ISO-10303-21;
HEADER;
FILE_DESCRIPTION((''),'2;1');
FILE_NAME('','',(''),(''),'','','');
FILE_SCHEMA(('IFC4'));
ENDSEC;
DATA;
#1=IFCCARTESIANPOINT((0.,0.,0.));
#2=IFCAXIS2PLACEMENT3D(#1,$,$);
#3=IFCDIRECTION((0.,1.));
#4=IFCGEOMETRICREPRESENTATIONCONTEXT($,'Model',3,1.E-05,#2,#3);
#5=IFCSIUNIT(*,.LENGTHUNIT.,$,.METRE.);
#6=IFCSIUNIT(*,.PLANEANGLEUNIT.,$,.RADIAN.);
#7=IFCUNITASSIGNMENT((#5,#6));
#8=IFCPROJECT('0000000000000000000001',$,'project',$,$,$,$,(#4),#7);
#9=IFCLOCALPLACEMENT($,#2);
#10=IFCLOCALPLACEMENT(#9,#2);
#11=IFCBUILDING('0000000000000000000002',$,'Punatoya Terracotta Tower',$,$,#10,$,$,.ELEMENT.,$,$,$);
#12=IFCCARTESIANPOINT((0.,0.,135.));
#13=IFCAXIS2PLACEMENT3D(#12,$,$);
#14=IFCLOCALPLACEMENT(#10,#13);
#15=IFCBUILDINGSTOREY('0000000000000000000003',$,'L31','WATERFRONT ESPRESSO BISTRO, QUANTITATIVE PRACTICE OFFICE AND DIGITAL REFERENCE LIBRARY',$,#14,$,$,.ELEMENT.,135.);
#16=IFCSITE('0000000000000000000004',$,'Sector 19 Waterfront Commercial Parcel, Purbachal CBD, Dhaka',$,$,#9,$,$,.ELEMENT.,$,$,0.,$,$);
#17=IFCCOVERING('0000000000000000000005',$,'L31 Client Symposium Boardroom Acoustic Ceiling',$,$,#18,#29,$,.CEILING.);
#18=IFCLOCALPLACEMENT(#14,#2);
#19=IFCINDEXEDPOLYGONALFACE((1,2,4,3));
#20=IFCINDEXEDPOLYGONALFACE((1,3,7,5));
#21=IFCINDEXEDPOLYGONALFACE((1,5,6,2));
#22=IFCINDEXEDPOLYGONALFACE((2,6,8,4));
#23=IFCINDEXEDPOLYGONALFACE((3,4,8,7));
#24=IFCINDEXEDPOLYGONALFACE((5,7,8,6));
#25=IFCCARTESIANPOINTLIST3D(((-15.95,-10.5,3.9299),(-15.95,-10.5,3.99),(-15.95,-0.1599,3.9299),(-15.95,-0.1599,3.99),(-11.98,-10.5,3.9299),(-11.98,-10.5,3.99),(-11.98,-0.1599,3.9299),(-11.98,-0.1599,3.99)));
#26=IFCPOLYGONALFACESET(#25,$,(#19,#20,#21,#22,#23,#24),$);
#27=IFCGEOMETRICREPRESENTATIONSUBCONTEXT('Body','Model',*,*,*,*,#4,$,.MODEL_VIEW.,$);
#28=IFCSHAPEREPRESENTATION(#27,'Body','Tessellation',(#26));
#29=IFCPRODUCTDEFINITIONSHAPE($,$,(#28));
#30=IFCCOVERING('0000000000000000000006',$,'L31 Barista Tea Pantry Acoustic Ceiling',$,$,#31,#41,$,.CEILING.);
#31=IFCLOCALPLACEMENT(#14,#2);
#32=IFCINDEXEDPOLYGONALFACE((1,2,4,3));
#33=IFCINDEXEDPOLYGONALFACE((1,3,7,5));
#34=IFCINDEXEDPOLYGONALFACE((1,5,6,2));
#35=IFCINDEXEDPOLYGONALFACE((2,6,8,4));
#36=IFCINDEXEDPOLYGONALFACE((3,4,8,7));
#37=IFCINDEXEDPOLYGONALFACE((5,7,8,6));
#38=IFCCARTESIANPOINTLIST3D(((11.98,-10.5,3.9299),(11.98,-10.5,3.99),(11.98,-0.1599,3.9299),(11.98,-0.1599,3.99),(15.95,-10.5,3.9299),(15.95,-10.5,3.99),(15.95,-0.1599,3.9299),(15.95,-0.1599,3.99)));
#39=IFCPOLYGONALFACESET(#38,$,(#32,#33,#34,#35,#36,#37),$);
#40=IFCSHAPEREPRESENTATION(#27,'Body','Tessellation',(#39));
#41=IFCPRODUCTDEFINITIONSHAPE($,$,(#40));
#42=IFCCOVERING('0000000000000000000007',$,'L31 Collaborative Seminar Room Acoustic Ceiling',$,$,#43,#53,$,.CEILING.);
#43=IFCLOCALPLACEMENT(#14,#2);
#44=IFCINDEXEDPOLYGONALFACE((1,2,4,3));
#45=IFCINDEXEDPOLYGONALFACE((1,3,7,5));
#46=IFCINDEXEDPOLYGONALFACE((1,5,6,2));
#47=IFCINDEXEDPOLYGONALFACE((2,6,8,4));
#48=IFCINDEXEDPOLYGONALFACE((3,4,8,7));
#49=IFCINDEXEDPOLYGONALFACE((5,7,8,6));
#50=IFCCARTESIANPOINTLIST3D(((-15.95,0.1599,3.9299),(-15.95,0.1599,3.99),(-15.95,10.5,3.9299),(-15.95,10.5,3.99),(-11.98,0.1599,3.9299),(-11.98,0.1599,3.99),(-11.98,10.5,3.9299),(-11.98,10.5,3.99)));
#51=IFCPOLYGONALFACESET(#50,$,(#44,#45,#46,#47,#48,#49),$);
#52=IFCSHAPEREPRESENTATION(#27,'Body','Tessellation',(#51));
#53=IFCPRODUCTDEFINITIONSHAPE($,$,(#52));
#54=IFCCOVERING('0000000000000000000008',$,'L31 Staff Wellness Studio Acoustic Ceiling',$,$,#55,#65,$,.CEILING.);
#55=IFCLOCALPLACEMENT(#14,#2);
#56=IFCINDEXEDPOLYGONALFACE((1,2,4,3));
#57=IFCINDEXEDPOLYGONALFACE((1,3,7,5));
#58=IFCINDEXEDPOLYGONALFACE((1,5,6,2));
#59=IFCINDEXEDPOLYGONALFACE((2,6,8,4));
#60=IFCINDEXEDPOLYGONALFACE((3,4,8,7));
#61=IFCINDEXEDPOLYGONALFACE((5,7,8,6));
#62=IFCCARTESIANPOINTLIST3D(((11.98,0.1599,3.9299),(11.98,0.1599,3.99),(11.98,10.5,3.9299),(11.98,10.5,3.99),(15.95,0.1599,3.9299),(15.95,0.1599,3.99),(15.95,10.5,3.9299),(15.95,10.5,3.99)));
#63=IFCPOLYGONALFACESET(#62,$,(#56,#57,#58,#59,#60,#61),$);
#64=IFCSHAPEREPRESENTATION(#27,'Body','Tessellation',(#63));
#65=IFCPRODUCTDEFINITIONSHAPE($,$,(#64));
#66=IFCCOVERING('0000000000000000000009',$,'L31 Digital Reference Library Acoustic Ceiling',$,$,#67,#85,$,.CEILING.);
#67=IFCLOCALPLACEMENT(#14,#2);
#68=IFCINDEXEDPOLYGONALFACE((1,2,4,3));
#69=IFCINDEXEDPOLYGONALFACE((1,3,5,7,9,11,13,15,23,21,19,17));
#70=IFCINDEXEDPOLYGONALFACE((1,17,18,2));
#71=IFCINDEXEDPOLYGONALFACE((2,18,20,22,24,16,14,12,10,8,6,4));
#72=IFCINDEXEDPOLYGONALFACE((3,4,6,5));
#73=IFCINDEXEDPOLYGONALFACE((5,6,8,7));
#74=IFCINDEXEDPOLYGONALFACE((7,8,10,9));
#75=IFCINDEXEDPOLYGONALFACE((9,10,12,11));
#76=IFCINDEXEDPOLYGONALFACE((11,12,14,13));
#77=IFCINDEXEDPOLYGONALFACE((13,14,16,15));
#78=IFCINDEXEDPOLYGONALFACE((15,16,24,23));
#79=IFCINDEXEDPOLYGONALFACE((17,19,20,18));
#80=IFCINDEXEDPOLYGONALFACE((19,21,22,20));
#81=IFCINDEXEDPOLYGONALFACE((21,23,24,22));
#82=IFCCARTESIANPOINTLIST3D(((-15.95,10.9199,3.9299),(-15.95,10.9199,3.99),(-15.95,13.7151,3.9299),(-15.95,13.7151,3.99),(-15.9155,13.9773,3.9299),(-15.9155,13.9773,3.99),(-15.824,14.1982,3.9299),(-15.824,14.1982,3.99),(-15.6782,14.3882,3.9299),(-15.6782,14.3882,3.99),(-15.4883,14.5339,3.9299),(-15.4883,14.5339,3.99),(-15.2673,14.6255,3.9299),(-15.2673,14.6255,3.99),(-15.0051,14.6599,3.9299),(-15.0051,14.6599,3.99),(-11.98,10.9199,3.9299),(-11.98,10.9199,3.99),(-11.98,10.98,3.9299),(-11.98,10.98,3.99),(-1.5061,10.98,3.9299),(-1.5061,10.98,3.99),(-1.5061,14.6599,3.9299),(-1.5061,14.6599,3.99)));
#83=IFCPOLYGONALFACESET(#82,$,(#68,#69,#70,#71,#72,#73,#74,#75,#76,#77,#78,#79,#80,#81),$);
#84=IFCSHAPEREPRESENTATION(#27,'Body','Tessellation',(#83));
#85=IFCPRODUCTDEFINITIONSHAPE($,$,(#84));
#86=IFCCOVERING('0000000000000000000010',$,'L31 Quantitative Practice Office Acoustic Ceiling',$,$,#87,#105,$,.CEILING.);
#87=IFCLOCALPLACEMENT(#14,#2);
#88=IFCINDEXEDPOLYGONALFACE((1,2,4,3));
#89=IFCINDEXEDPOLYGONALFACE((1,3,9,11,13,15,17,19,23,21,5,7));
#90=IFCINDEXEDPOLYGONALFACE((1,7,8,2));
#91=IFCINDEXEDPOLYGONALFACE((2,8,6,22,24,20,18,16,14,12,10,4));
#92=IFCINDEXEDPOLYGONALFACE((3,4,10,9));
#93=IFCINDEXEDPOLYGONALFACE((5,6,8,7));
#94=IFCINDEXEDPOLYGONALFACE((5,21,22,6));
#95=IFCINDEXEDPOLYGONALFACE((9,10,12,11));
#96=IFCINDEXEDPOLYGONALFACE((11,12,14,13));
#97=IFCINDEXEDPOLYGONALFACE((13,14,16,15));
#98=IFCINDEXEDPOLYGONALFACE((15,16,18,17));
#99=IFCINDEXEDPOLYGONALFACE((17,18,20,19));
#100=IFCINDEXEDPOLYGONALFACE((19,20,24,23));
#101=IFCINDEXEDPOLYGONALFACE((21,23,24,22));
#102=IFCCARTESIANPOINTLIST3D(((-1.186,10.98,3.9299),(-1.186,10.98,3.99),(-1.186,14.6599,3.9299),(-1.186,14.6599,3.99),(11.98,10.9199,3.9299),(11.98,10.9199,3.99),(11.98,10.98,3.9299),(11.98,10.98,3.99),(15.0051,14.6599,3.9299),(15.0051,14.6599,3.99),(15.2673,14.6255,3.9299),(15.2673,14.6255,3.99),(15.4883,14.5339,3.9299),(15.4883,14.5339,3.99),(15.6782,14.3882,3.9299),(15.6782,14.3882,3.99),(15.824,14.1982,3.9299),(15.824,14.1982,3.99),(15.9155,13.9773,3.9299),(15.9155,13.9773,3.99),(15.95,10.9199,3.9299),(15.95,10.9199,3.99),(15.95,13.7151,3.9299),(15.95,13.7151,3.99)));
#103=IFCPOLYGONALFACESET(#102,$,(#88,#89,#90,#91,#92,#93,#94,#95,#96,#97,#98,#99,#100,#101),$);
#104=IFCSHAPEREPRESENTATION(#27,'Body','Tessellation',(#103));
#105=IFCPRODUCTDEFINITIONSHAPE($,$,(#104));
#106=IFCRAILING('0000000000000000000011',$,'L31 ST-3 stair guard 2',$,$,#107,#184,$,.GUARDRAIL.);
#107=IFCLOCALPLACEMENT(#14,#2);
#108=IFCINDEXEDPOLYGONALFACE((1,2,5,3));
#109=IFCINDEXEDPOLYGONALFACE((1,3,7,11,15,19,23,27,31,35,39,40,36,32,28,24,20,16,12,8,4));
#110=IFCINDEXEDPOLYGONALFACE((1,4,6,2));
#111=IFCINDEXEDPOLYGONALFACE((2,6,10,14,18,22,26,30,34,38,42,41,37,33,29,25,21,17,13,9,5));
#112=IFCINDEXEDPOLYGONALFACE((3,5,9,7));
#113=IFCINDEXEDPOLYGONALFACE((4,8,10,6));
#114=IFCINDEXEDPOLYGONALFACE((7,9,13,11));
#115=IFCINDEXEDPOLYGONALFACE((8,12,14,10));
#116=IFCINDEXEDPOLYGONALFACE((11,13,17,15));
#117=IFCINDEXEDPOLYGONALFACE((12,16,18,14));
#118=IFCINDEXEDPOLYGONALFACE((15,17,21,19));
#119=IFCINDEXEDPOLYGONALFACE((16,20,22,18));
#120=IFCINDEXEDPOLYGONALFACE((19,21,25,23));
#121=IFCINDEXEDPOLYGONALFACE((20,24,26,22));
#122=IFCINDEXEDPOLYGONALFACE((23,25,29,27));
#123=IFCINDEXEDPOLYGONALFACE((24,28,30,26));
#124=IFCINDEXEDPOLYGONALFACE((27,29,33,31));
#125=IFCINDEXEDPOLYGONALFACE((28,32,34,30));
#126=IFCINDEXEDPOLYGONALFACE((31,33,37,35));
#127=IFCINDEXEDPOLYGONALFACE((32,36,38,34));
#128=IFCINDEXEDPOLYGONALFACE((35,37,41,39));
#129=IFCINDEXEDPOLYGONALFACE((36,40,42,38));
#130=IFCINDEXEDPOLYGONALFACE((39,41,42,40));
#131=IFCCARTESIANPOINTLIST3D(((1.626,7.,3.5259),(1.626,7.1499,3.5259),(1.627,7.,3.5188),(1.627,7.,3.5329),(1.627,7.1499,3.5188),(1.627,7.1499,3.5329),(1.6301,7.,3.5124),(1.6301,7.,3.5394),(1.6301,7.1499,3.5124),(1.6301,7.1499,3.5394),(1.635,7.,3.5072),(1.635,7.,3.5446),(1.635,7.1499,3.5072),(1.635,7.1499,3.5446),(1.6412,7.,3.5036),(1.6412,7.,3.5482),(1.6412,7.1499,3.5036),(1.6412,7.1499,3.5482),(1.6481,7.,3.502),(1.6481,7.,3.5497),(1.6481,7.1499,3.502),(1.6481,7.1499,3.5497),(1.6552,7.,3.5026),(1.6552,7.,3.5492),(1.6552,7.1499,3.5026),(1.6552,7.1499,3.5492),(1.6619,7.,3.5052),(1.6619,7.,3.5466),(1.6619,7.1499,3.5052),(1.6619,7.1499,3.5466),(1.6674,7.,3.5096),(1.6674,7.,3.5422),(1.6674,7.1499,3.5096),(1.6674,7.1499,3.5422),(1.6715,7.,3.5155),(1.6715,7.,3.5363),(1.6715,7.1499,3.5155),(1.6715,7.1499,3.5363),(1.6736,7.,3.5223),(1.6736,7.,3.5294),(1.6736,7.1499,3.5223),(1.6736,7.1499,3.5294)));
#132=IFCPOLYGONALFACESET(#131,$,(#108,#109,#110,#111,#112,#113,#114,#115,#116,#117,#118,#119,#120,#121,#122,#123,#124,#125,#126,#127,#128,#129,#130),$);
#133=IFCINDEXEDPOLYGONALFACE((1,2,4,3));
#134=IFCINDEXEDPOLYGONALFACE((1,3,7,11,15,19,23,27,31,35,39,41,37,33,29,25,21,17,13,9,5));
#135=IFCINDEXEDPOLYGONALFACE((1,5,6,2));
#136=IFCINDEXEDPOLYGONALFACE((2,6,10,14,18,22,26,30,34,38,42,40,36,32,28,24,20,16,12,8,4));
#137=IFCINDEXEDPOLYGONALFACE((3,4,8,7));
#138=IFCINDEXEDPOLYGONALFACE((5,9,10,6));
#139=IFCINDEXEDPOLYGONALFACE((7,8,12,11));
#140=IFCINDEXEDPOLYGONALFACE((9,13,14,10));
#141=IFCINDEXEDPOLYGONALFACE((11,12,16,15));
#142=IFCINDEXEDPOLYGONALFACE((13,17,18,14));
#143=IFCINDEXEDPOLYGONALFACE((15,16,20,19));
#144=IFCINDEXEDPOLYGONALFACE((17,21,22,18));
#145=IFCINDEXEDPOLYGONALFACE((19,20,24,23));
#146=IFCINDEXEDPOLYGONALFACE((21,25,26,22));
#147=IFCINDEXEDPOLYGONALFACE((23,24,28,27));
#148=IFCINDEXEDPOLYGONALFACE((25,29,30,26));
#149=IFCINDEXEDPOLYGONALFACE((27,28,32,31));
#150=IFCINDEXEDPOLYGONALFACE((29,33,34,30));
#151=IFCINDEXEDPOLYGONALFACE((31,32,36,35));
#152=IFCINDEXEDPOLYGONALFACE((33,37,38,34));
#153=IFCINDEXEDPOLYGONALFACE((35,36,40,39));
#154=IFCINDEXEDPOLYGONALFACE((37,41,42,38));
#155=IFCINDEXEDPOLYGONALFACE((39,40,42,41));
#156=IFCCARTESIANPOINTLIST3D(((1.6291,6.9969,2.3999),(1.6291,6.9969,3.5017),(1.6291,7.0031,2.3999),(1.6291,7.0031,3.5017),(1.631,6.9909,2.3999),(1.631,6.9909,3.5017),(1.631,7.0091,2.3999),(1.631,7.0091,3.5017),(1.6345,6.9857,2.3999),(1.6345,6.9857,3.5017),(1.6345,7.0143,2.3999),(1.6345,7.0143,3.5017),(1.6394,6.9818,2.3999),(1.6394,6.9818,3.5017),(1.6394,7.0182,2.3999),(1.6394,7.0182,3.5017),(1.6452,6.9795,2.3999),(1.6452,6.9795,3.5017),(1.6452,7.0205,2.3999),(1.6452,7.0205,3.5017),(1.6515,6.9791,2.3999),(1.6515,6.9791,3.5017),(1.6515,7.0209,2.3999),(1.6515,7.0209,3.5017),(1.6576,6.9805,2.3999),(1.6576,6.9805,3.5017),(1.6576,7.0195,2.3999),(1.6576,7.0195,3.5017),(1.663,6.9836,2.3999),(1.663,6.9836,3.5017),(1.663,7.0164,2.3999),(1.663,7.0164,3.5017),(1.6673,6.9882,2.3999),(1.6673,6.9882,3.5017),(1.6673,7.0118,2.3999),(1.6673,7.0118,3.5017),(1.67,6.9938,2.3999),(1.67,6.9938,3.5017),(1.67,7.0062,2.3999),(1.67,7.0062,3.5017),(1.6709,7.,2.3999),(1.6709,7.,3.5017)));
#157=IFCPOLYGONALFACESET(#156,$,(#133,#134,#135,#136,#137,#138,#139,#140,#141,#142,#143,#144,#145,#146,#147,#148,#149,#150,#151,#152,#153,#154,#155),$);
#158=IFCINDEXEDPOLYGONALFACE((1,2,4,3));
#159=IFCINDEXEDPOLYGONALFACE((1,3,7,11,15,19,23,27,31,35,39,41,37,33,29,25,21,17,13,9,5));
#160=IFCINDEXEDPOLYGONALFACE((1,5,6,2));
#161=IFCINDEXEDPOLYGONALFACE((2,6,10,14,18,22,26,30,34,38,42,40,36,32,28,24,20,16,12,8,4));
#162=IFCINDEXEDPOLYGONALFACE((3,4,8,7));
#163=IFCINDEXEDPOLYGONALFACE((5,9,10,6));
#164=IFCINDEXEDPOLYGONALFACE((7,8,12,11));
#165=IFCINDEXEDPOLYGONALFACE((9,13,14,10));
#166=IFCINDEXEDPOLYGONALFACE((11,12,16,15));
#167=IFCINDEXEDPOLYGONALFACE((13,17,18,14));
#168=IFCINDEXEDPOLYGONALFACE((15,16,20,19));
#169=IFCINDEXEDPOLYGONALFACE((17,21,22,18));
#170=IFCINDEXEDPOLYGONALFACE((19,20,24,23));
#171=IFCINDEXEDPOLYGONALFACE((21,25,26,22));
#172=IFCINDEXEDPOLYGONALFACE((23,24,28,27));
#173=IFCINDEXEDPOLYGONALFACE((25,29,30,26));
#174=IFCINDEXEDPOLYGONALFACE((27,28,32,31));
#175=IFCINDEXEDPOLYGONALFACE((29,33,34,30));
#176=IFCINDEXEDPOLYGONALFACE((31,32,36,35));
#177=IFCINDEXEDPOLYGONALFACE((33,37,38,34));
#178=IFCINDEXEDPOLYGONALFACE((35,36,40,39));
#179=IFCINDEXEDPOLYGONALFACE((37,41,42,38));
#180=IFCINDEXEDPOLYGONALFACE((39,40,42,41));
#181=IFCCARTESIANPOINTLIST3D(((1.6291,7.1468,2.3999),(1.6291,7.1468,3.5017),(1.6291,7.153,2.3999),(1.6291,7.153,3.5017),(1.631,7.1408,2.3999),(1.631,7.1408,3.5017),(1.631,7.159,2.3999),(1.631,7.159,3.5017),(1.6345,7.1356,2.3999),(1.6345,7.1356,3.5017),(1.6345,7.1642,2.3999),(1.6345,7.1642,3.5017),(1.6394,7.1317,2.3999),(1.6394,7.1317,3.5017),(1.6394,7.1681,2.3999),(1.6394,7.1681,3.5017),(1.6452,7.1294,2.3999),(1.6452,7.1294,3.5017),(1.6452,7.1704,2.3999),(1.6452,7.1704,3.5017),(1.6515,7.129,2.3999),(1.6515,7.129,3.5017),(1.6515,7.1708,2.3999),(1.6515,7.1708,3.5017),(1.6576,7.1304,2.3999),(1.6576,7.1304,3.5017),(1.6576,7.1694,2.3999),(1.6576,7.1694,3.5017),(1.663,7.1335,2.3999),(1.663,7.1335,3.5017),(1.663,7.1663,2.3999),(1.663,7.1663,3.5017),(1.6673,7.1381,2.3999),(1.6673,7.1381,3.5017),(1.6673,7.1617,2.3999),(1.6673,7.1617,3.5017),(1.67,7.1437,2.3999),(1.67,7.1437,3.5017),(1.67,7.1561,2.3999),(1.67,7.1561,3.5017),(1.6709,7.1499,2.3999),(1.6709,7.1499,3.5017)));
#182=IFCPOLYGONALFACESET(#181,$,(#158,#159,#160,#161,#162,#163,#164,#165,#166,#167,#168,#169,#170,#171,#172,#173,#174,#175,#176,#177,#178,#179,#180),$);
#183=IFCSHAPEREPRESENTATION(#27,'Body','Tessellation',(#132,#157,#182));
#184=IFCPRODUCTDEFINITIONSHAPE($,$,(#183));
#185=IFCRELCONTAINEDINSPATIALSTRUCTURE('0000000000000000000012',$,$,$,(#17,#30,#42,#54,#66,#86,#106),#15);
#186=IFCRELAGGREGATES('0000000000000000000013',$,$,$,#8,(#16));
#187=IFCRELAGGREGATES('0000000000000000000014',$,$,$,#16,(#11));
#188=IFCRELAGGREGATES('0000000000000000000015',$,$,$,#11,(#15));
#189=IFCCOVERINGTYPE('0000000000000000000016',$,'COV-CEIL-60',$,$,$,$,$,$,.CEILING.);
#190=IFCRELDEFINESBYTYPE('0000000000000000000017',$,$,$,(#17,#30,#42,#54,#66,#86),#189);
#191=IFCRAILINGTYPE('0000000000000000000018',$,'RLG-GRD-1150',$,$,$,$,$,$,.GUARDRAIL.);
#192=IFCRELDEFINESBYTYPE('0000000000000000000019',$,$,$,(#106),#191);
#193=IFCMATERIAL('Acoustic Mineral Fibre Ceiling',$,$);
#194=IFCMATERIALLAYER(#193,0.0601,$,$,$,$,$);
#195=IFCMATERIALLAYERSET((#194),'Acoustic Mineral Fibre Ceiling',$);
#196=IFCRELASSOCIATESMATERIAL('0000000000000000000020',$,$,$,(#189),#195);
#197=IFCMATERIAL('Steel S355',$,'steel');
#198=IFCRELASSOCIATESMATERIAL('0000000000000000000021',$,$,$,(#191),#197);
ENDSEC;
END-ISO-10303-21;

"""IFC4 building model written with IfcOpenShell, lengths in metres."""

from ifc_helpers import new_model, si_unit, direction, frame, origin, origin_2d, place, context, subcontext, project, spatial, polyline, circle, outline, extrude, material, layer, layer_set, type_object, element, save


model = new_model("IFC4")

# Units and contexts
model_context = context("Model", 3, precision=1e-05, world=origin(), true_north=direction((0.0, 1.0)))
body_context = subcontext(model_context, "Body", "Model", "MODEL_VIEW")
ifc_project = project(units=[si_unit("LENGTHUNIT", "METRE"), si_unit("PLANEANGLEUNIT", "RADIAN")], contexts=[model_context])

# Site, building, storey
site_placement = place(None, origin())
site = spatial("IfcSite", under=ifc_project, at=site_placement, Name="Sector 19 Waterfront Commercial Parcel, Purbachal CBD, Dhaka", CompositionType="ELEMENT", RefElevation=0.0)
building_placement = place(site_placement, origin())
building = spatial("IfcBuilding", under=site, at=building_placement, Name="Punatoya Terracotta Tower", CompositionType="ELEMENT")
storey_placement = place(building_placement, frame((0.0, 0.0, 135.0)))
storey = spatial("IfcBuildingStorey", under=building, at=storey_placement, Name="L31", Description="WATERFRONT ESPRESSO BISTRO, QUANTITATIVE PRACTICE OFFICE AND DIGITAL REFERENCE LIBRARY", CompositionType="ELEMENT", Elevation=135.0)

# Shared definitions
ifc_material_1 = material(Name="Steel S355", Category="steel")

# Coverings
ifc_material_2 = material(Name="Acoustic Mineral Fibre Ceiling")
ifc_layer_1 = layer(ifc_material_2, 0.0601)
ifc_layer_set_1 = layer_set([ifc_layer_1], Name="Acoustic Mineral Fibre Ceiling")
covering_type = type_object("IfcCoveringType", Name="COV-CEIL-60", PredefinedType="CEILING", material=ifc_layer_set_1)
covering_1_placement = place(storey_placement, frame((0.0, 0.0, 3.9299)))
element("IfcCovering", 1, at=covering_1_placement, inside=storey, type_object=covering_type, Name="L31 Client Symposium Boardroom Acoustic Ceiling", PredefinedType="CEILING", context=body_context, shape_type="SweptSolid", body=[
    extrude(outline(polyline([(-15.95, -0.1599), (-15.95, -10.5), (-11.98, -10.5), (-11.98, -0.1599), (-15.95, -0.1599)])), origin(), (0.0, 0.0, 1.0), 0.0601),
])
covering_2_placement = place(storey_placement, frame((0.0, 0.0, 3.9299)))
element("IfcCovering", 2, at=covering_2_placement, inside=storey, type_object=covering_type, Name="L31 Barista Tea Pantry Acoustic Ceiling", PredefinedType="CEILING", context=body_context, shape_type="SweptSolid", body=[
    extrude(outline(polyline([(15.95, -10.5), (15.95, -0.1599), (11.98, -0.1599), (11.98, -10.5), (15.95, -10.5)])), origin(), (0.0, 0.0, 1.0), 0.0601),
])
covering_3_placement = place(storey_placement, frame((0.0, 0.0, 3.9299)))
element("IfcCovering", 3, at=covering_3_placement, inside=storey, type_object=covering_type, Name="L31 Collaborative Seminar Room Acoustic Ceiling", PredefinedType="CEILING", context=body_context, shape_type="SweptSolid", body=[
    extrude(outline(polyline([(-15.95, 10.5), (-15.95, 0.1599), (-11.98, 0.1599), (-11.98, 10.5), (-15.95, 10.5)])), origin(), (0.0, 0.0, 1.0), 0.0601),
])
covering_4_placement = place(storey_placement, frame((0.0, 0.0, 3.9299)))
element("IfcCovering", 4, at=covering_4_placement, inside=storey, type_object=covering_type, Name="L31 Staff Wellness Studio Acoustic Ceiling", PredefinedType="CEILING", context=body_context, shape_type="SweptSolid", body=[
    extrude(outline(polyline([(15.95, 0.1599), (15.95, 10.5), (11.98, 10.5), (11.98, 0.1599), (15.95, 0.1599)])), origin(), (0.0, 0.0, 1.0), 0.0601),
])
covering_5_placement = place(storey_placement, frame((0.0, 0.0, 3.9299)))
element("IfcCovering", 5, at=covering_5_placement, inside=storey, type_object=covering_type, Name="L31 Digital Reference Library Acoustic Ceiling", PredefinedType="CEILING", context=body_context, shape_type="SweptSolid", body=[
    extrude(outline(polyline([(-15.95, 13.7151), (-15.95, 10.9199), (-11.98, 10.9199), (-11.98, 10.98), (-1.5061, 10.98), (-1.5061, 14.6599), (-15.0051, 14.6599), (-15.2673, 14.6255), (-15.4883, 14.5339), (-15.6782, 14.3882), (-15.824, 14.1982), (-15.9155, 13.9773), (-15.95, 13.7151)])), origin(), (0.0, 0.0, 1.0), 0.0601),
])
covering_6_placement = place(storey_placement, frame((0.0, 0.0, 3.9299)))
element("IfcCovering", 6, at=covering_6_placement, inside=storey, type_object=covering_type, Name="L31 Quantitative Practice Office Acoustic Ceiling", PredefinedType="CEILING", context=body_context, shape_type="SweptSolid", body=[
    extrude(outline(polyline([(11.98, 10.9199), (15.95, 10.9199), (15.95, 13.7151), (15.9155, 13.9773), (15.824, 14.1982), (15.6782, 14.3882), (15.4883, 14.5339), (15.2673, 14.6255), (15.0051, 14.6599), (-1.186, 14.6599), (-1.186, 10.98), (11.98, 10.98), (11.98, 10.9199)])), origin(), (0.0, 0.0, 1.0), 0.0601),
])

# Railing
railing_type_1 = type_object("IfcRailingType", Name="RLG-GRD-1150", PredefinedType="GUARDRAIL", material=ifc_material_1)
railing_1_placement = place(storey_placement, frame((1.6499, 7.0, 2.3999)))
element("IfcRailing", 7, at=railing_1_placement, inside=storey, type_object=railing_type_1, Name="L31 ST-3 stair guard 2", PredefinedType="GUARDRAIL", context=body_context, shape_type="SweptSolid", body=[
    extrude(circle(Radius=0.0239, at=origin_2d()), frame((0.0, 0.0, 1.126), z_axis=(0.0, 1.0, 0.0), x_axis=(-1.0, 0.0, 0.0)), (0.0, 0.0, 1.0), 0.1499),
    extrude(circle(Radius=0.021, at=origin_2d()), origin(), (0.0, 0.0, 1.0), 1.1018),
    extrude(circle(Radius=0.021, at=origin_2d()), frame((0.0, 0.1499, 0.0)), (0.0, 0.0, 1.0), 1.1018),
])

save(model, "model.ifc")
